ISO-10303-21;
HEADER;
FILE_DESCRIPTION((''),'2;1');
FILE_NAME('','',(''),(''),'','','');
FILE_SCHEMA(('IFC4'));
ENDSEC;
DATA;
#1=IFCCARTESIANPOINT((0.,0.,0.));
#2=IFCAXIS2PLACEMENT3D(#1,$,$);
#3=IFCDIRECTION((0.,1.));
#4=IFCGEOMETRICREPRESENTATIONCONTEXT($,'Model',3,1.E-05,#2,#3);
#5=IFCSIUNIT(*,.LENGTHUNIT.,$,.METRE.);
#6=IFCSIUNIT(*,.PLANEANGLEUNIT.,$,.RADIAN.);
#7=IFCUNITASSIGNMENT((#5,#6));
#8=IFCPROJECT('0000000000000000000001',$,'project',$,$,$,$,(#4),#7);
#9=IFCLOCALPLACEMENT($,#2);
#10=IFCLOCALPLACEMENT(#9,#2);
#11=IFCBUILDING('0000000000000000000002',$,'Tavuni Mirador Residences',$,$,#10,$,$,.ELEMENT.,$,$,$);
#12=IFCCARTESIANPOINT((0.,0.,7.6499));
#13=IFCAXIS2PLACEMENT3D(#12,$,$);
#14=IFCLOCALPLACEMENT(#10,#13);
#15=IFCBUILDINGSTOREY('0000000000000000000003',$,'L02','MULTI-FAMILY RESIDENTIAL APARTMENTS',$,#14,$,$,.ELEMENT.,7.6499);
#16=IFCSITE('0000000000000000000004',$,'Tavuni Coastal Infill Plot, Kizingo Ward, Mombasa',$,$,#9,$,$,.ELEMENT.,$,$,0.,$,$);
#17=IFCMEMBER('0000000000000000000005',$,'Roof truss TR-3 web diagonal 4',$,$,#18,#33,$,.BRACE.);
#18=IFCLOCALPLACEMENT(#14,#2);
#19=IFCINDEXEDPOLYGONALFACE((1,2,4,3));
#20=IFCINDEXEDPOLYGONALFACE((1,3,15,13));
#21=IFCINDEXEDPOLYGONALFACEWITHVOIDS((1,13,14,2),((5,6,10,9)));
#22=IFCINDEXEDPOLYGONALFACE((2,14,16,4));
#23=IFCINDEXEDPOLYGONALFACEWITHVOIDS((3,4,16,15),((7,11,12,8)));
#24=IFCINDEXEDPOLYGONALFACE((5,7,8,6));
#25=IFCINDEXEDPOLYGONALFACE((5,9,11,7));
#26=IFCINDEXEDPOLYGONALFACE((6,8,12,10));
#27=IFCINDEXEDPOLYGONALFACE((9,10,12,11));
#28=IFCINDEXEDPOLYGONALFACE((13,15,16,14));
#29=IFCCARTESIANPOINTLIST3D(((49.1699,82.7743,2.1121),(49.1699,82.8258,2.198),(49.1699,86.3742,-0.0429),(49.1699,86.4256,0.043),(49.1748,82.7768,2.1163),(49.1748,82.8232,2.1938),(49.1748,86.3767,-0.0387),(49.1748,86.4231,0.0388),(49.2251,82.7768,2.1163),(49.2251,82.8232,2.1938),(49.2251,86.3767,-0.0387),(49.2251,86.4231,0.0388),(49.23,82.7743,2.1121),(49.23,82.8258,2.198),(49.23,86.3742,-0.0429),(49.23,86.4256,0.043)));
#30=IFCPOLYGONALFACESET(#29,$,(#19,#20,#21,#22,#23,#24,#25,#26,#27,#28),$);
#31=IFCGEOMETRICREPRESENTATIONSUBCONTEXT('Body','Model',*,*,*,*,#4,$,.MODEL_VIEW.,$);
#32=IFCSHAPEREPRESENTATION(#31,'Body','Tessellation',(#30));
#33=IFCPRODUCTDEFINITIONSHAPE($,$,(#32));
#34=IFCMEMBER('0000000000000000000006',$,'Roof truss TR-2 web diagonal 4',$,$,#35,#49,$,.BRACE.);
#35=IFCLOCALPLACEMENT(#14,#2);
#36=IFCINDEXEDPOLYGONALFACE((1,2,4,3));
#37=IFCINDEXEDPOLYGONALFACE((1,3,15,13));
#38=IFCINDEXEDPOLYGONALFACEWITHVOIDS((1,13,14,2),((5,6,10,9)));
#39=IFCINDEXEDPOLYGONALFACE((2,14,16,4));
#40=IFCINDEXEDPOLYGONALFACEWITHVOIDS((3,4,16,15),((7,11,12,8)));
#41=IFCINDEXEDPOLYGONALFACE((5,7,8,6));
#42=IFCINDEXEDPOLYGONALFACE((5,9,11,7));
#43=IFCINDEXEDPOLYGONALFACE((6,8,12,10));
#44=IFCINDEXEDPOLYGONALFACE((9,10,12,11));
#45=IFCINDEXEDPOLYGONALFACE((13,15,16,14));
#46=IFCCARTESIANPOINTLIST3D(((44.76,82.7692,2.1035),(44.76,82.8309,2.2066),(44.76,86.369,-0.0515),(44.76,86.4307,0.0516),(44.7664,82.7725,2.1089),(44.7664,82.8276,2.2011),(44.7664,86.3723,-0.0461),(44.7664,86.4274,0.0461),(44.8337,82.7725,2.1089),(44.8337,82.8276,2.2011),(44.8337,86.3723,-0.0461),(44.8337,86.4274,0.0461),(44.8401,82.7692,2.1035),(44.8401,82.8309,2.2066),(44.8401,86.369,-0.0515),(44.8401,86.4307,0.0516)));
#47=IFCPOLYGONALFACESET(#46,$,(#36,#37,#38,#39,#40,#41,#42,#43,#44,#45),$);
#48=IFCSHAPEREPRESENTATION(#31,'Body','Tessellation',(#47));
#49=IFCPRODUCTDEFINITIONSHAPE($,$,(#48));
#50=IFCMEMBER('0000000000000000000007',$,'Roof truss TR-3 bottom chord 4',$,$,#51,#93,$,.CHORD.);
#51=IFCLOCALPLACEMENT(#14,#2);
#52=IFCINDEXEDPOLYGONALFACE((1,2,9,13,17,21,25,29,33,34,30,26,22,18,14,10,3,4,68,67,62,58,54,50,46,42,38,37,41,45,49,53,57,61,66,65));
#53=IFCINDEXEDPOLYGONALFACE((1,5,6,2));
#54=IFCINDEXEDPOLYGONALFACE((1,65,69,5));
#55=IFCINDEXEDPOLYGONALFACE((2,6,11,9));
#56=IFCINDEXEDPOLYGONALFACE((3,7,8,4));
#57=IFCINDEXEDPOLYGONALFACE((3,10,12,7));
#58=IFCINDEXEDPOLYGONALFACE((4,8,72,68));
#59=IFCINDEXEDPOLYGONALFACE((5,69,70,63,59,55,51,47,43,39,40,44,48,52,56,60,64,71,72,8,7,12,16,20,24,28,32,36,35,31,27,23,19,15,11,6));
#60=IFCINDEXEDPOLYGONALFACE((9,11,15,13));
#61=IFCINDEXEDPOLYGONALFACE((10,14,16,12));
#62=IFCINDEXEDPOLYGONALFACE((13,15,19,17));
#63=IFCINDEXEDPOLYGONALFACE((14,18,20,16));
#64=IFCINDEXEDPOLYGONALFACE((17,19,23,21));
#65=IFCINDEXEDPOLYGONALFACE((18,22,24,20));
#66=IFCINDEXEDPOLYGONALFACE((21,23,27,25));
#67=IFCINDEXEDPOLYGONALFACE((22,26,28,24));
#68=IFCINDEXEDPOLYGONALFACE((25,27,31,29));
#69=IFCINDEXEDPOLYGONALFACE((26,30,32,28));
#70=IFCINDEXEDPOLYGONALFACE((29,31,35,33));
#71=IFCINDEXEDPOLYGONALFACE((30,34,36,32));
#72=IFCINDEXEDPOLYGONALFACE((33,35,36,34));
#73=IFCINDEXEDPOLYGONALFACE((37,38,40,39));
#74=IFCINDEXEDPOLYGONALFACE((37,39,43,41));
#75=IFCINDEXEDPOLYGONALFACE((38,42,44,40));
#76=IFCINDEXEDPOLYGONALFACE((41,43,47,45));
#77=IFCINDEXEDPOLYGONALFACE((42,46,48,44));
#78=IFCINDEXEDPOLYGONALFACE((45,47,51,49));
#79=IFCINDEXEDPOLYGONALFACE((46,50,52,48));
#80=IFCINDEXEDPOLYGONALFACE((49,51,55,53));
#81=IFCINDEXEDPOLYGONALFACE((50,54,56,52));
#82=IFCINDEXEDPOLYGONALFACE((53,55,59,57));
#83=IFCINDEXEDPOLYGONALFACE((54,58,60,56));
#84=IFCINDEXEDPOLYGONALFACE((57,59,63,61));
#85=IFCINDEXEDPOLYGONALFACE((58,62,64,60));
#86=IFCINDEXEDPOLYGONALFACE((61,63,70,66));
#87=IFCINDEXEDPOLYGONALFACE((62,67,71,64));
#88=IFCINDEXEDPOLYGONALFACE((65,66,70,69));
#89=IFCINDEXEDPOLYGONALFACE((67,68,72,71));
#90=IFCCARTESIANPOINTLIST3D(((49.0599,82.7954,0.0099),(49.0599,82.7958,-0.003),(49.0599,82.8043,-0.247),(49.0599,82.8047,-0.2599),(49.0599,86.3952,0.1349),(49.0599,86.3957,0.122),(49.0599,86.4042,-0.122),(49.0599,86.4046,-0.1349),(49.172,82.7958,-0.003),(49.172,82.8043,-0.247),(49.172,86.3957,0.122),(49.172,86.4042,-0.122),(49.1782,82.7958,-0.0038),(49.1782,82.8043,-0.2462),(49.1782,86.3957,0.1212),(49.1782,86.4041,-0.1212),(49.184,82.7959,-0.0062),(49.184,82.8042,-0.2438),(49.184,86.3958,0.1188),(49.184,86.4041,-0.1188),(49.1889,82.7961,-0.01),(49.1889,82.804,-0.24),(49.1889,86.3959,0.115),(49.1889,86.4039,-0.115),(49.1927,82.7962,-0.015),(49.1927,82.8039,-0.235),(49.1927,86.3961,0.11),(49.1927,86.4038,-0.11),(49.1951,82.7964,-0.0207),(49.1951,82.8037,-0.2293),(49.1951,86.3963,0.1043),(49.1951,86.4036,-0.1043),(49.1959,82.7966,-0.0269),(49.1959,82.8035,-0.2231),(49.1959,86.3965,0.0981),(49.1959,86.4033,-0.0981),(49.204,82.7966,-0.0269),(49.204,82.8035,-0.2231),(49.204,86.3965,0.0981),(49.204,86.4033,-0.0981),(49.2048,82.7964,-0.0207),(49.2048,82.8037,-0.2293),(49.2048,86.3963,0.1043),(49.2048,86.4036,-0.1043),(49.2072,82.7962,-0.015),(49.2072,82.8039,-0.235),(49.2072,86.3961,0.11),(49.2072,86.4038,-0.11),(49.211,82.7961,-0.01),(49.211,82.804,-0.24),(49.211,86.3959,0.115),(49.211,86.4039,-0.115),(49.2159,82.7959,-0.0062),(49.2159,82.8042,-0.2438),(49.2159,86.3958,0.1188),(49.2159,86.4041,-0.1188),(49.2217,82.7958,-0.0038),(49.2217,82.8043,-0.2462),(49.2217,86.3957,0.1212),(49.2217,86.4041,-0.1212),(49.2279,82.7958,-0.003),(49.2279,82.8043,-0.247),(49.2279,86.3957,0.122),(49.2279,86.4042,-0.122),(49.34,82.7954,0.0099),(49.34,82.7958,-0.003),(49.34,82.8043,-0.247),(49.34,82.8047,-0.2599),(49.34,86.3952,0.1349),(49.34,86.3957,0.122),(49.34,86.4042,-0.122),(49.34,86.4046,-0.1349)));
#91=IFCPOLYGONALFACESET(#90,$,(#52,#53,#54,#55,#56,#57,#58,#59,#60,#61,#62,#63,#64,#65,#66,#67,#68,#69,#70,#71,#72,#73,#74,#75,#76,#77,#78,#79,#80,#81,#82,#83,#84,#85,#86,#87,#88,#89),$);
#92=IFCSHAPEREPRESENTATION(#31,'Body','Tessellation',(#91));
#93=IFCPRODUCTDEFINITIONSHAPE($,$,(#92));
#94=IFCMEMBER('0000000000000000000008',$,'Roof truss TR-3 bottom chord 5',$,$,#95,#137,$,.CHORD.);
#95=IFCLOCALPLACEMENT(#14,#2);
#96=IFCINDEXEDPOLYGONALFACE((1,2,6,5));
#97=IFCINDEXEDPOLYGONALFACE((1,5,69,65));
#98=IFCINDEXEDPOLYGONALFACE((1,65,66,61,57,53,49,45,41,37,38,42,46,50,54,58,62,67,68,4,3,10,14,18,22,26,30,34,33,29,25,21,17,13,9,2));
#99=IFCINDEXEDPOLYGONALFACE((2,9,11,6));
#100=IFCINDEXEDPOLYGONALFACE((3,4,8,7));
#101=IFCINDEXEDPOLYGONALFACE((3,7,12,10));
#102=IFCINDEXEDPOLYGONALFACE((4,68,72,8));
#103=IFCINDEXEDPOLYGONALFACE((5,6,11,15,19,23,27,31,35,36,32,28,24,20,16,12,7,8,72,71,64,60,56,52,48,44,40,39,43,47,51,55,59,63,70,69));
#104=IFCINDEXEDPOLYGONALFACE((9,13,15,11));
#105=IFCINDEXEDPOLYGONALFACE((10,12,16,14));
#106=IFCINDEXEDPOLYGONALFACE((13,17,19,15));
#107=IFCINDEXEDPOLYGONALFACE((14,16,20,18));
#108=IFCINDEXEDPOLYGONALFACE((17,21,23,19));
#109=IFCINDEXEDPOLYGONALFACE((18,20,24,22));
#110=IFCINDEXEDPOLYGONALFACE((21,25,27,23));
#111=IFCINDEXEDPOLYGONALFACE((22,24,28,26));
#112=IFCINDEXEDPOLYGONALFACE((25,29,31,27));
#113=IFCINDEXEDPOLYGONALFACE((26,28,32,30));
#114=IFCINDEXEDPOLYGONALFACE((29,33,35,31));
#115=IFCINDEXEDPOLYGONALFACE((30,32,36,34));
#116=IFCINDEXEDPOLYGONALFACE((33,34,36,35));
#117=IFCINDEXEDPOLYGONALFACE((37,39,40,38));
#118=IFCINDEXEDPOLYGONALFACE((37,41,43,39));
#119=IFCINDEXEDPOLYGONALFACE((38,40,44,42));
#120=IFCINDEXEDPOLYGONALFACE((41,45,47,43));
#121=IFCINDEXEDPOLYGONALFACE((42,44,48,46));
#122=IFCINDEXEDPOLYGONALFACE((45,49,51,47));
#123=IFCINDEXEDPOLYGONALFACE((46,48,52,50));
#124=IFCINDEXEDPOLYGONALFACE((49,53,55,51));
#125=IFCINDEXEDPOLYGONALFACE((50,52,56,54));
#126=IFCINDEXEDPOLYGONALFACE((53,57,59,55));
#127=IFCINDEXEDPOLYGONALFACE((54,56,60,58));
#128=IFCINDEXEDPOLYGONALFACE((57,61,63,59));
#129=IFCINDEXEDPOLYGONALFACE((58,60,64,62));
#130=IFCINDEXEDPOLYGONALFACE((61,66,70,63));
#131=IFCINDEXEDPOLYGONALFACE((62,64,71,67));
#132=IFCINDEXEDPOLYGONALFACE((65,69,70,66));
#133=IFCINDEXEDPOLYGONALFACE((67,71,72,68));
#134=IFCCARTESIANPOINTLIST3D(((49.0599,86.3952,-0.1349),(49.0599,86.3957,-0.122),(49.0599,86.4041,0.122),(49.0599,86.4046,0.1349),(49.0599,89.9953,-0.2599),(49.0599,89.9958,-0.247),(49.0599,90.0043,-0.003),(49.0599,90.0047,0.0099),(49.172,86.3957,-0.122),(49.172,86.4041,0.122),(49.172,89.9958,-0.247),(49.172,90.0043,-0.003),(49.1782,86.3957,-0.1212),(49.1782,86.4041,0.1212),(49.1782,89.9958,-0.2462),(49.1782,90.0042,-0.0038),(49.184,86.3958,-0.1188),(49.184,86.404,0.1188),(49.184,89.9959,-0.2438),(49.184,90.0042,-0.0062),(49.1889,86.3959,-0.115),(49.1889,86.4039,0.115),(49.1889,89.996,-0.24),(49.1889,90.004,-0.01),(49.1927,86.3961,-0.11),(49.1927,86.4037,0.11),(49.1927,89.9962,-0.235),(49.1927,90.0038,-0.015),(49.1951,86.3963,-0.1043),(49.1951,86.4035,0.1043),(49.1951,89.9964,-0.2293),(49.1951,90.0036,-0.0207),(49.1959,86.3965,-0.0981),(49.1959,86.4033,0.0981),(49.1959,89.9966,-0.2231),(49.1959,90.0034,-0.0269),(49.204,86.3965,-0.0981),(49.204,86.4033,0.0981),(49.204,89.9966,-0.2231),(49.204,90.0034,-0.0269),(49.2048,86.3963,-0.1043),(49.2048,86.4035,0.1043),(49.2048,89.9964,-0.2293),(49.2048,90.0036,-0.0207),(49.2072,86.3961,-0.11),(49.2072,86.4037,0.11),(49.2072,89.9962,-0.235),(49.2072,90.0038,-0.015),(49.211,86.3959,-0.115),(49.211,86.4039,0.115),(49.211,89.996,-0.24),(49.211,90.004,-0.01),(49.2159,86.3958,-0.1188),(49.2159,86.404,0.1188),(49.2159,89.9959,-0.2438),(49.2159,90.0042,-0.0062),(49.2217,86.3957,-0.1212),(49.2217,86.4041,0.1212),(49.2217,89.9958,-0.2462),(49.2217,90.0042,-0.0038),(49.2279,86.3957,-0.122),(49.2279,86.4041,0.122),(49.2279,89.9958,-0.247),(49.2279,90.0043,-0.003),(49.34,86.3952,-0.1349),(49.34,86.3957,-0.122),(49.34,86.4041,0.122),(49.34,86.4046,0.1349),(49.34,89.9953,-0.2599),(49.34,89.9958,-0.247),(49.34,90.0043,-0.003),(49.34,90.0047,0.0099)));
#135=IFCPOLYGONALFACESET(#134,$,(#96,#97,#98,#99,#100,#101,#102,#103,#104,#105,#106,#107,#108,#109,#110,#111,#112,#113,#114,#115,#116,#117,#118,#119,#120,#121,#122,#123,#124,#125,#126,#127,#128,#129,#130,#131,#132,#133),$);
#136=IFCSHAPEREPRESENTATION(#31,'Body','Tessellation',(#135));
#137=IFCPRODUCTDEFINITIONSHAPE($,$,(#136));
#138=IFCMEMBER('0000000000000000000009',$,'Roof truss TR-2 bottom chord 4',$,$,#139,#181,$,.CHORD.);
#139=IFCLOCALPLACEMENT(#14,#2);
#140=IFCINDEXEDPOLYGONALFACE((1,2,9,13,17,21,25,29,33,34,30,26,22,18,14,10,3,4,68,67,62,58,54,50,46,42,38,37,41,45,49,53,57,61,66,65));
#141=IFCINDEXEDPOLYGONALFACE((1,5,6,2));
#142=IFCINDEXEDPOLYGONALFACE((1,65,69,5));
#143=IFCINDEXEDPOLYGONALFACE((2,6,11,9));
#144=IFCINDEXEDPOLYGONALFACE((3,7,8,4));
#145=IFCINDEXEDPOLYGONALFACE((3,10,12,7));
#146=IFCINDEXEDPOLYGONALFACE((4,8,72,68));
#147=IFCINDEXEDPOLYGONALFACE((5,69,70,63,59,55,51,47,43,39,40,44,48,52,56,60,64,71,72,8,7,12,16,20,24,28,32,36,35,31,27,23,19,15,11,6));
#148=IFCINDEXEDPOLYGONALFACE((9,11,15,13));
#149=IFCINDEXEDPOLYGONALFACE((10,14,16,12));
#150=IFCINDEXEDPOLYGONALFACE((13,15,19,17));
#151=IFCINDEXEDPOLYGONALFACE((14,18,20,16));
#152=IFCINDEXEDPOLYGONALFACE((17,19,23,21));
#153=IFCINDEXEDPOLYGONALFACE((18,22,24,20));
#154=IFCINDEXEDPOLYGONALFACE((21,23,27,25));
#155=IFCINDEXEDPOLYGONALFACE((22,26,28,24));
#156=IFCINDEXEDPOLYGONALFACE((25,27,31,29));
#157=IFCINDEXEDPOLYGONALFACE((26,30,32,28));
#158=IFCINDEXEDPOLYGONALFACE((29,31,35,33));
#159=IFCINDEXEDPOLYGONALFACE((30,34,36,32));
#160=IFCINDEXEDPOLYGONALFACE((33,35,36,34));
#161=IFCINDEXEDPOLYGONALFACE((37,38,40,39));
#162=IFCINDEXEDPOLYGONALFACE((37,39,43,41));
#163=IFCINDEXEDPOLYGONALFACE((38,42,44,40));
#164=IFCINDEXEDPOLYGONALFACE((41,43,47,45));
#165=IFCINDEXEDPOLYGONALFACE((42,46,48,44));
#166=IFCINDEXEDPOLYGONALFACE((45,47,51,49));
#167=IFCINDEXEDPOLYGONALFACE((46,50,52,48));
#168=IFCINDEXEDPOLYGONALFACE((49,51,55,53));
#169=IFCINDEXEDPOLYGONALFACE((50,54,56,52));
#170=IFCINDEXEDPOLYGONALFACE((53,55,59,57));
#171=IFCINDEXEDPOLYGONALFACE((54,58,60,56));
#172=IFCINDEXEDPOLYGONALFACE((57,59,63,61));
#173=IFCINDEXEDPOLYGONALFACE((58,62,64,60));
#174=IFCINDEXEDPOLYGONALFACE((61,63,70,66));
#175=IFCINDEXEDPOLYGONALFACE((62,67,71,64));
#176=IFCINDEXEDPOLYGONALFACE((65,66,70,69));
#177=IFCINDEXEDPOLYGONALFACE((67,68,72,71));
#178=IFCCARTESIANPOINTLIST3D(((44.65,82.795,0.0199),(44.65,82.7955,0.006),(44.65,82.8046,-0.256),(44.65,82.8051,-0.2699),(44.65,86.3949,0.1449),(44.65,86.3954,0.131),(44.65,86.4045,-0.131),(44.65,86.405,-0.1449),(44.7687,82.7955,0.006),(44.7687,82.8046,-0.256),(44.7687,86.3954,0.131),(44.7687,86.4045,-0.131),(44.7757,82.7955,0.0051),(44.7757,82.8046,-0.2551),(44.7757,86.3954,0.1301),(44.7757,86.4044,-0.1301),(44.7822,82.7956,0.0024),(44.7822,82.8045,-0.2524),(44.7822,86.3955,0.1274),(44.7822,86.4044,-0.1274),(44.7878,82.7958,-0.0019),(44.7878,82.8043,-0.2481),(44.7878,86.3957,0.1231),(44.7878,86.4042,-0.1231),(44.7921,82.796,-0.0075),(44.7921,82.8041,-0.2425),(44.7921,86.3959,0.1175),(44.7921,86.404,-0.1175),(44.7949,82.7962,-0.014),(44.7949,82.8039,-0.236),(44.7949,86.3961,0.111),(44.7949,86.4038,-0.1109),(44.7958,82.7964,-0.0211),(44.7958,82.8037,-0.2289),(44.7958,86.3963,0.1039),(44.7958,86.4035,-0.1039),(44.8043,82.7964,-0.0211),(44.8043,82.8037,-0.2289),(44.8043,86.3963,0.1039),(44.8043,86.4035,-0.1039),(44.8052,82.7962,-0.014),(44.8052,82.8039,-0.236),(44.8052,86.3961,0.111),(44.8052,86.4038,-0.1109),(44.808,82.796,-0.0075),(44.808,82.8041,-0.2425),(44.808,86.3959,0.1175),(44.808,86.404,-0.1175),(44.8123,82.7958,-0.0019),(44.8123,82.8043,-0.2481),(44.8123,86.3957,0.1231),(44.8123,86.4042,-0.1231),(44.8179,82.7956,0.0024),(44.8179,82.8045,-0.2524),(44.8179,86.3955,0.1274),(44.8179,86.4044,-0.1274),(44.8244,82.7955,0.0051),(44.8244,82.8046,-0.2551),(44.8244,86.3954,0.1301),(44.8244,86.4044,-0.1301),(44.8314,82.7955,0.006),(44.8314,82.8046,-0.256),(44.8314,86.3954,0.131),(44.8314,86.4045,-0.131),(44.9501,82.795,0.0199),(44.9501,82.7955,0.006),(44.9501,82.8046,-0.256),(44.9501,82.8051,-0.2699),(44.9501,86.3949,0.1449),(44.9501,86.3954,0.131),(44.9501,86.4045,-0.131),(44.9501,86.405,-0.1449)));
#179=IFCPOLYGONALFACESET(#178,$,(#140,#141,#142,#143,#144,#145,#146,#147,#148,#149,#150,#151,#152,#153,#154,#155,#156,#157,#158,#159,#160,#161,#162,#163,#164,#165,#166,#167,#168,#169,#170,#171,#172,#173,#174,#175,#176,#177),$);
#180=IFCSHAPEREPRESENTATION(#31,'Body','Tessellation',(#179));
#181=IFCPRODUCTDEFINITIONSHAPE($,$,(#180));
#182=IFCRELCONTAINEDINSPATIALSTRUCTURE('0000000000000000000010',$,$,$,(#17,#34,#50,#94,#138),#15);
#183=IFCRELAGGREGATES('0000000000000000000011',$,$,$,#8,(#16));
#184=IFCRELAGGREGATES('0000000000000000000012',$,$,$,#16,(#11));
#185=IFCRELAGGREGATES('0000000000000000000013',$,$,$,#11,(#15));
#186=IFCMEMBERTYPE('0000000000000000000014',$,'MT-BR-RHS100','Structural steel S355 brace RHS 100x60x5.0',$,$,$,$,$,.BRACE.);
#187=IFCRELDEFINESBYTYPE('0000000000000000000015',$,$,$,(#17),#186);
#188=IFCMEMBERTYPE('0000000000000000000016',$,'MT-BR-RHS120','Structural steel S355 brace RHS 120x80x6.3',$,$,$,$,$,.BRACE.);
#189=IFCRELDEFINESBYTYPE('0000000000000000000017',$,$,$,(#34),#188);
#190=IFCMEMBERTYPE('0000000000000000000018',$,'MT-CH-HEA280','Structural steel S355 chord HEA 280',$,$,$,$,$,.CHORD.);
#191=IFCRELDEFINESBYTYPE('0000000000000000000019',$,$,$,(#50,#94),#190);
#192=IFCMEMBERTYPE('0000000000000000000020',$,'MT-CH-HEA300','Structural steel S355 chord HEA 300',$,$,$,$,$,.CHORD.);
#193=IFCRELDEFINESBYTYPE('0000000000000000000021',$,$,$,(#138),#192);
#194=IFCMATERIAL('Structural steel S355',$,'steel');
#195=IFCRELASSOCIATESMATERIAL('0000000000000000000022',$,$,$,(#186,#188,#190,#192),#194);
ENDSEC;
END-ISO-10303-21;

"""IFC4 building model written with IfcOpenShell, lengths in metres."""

from ifc_helpers import new_model, si_unit, direction, frame, origin, origin_2d, place, context, subcontext, project, spatial, hollow_rectangle, i_section, extrude, material, material_profile, profile_set, type_object, element, save


model = new_model("IFC4")

# Units and contexts
model_context = context("Model", 3, precision=1e-05, world=origin(), true_north=direction((0.0, 1.0)))
body_context = subcontext(model_context, "Body", "Model", "MODEL_VIEW")
ifc_project = project(units=[si_unit("LENGTHUNIT", "METRE"), si_unit("PLANEANGLEUNIT", "RADIAN")], contexts=[model_context])

# Site, building, storey
site_placement = place(None, origin())
site = spatial("IfcSite", under=ifc_project, at=site_placement, Name="Tavuni Coastal Infill Plot, Kizingo Ward, Mombasa", CompositionType="ELEMENT", RefElevation=0.0)
building_placement = place(site_placement, origin())
building = spatial("IfcBuilding", under=site, at=building_placement, Name="Tavuni Mirador Residences", CompositionType="ELEMENT")
storey_placement = place(building_placement, frame((0.0, 0.0, 7.6499)))
storey = spatial("IfcBuildingStorey", under=building, at=storey_placement, Name="L02", Description="MULTI-FAMILY RESIDENTIAL APARTMENTS", CompositionType="ELEMENT", Elevation=7.6499)

# Members
ifc_material_1 = material(Name="Structural steel S355", Category="steel")
ifc_material_profile_1 = material_profile(ifc_material_1, hollow_rectangle(XDim=0.0601, YDim=0.1001, WallThickness=0.0049, at=origin_2d()), Name="RHS 100x60x5.0", Category="steel")
ifc_profile_set_1 = profile_set([ifc_material_profile_1], Name="Structural steel S355")
member_type_1 = type_object("IfcMemberType", Name="MT-BR-RHS100", Description="Structural steel S355 brace RHS 100x60x5.0", PredefinedType="BRACE", material=ifc_profile_set_1)
member_1_placement = place(storey_placement, frame((49.2, 82.8, 2.155), z_axis=(0.0, 0.858006, -0.51364), x_axis=(-1.0, 0.0, 0.0)))
element("IfcMember", 1, at=member_1_placement, inside=storey, type_object=member_type_1, Name="Roof truss TR-3 web diagonal 4", PredefinedType="BRACE", context=body_context, shape_type="SweptSolid", body=[
    extrude(hollow_rectangle(XDim=0.0601, YDim=0.1001, WallThickness=0.0049, at=origin_2d()), origin(), (0.0, 0.0, 1.0), 4.1956),
])
ifc_material_profile_2 = material_profile(ifc_material_1, hollow_rectangle(XDim=0.0801, YDim=0.1201, WallThickness=0.0063, at=origin_2d()), Name="RHS 120x80x6.3", Category="steel")
ifc_profile_set_2 = profile_set([ifc_material_profile_2], Name="Structural steel S355")
member_type_2 = type_object("IfcMemberType", Name="MT-BR-RHS120", Description="Structural steel S355 brace RHS 120x80x6.3", PredefinedType="BRACE", material=ifc_profile_set_2)
member_2_placement = place(storey_placement, frame((44.8, 82.8, 2.155), z_axis=(0.0, 0.858006, -0.51364), x_axis=(-1.0, 0.0, 0.0)))
element("IfcMember", 2, at=member_2_placement, inside=storey, type_object=member_type_2, Name="Roof truss TR-2 web diagonal 4", PredefinedType="BRACE", context=body_context, shape_type="SweptSolid", body=[
    extrude(hollow_rectangle(XDim=0.0801, YDim=0.1201, WallThickness=0.0063, at=origin_2d()), origin(), (0.0, 0.0, 1.0), 4.1956),
])
ifc_material_profile_3 = material_profile(ifc_material_1, i_section(OverallWidth=0.28, OverallDepth=0.27, WebThickness=0.0081, FlangeThickness=0.0129, FilletRadius=0.0239, at=origin_2d()), Name="HEA 280", Category="steel")
ifc_profile_set_3 = profile_set([ifc_material_profile_3], Name="Structural steel S355")
member_type_3 = type_object("IfcMemberType", Name="MT-CH-HEA280", Description="Structural steel S355 chord HEA 280", PredefinedType="CHORD", material=ifc_profile_set_3)
member_3_placement = place(storey_placement, frame((49.2, 82.8, -0.125), z_axis=(0.0, 0.999398, 0.034703), x_axis=(-1.0, 0.0, 0.0)))
element("IfcMember", 3, at=member_3_placement, inside=storey, type_object=member_type_3, Name="Roof truss TR-3 bottom chord 4", PredefinedType="CHORD", context=body_context, shape_type="SweptSolid", body=[
    extrude(i_section(OverallWidth=0.28, OverallDepth=0.27, WebThickness=0.0081, FlangeThickness=0.0129, FilletRadius=0.0239, at=origin_2d()), origin(), (0.0, 0.0, 1.0), 3.6021),
])
member_4_placement = place(storey_placement, frame((49.2, 86.3999, 0.0), z_axis=(0.0, 0.999398, -0.0347), x_axis=(-1.0, 0.0, 0.0)))
element("IfcMember", 4, at=member_4_placement, inside=storey, type_object=member_type_3, Name="Roof truss TR-3 bottom chord 5", PredefinedType="CHORD", context=body_context, shape_type="SweptSolid", body=[
    extrude(i_section(OverallWidth=0.28, OverallDepth=0.27, WebThickness=0.0081, FlangeThickness=0.0129, FilletRadius=0.0239, at=origin_2d()), origin(), (0.0, 0.0, 1.0), 3.6023),
])
ifc_material_profile_4 = material_profile(ifc_material_1, i_section(OverallWidth=0.3, OverallDepth=0.29, WebThickness=0.0085, FlangeThickness=0.0139, FilletRadius=0.0271, at=origin_2d()), Name="HEA 300", Category="steel")
ifc_profile_set_4 = profile_set([ifc_material_profile_4], Name="Structural steel S355")
member_type_4 = type_object("IfcMemberType", Name="MT-CH-HEA300", Description="Structural steel S355 chord HEA 300", PredefinedType="CHORD", material=ifc_profile_set_4)
member_5_placement = place(storey_placement, frame((44.8, 82.8, -0.125), z_axis=(0.0, 0.999398, 0.034703), x_axis=(-1.0, 0.0, 0.0)))
element("IfcMember", 5, at=member_5_placement, inside=storey, type_object=member_type_4, Name="Roof truss TR-2 bottom chord 4", PredefinedType="CHORD", context=body_context, shape_type="SweptSolid", body=[
    extrude(i_section(OverallWidth=0.3, OverallDepth=0.29, WebThickness=0.0085, FlangeThickness=0.0139, FilletRadius=0.0271, at=origin_2d()), origin(), (0.0, 0.0, 1.0), 3.6021),
])

save(model, "model.ifc")
